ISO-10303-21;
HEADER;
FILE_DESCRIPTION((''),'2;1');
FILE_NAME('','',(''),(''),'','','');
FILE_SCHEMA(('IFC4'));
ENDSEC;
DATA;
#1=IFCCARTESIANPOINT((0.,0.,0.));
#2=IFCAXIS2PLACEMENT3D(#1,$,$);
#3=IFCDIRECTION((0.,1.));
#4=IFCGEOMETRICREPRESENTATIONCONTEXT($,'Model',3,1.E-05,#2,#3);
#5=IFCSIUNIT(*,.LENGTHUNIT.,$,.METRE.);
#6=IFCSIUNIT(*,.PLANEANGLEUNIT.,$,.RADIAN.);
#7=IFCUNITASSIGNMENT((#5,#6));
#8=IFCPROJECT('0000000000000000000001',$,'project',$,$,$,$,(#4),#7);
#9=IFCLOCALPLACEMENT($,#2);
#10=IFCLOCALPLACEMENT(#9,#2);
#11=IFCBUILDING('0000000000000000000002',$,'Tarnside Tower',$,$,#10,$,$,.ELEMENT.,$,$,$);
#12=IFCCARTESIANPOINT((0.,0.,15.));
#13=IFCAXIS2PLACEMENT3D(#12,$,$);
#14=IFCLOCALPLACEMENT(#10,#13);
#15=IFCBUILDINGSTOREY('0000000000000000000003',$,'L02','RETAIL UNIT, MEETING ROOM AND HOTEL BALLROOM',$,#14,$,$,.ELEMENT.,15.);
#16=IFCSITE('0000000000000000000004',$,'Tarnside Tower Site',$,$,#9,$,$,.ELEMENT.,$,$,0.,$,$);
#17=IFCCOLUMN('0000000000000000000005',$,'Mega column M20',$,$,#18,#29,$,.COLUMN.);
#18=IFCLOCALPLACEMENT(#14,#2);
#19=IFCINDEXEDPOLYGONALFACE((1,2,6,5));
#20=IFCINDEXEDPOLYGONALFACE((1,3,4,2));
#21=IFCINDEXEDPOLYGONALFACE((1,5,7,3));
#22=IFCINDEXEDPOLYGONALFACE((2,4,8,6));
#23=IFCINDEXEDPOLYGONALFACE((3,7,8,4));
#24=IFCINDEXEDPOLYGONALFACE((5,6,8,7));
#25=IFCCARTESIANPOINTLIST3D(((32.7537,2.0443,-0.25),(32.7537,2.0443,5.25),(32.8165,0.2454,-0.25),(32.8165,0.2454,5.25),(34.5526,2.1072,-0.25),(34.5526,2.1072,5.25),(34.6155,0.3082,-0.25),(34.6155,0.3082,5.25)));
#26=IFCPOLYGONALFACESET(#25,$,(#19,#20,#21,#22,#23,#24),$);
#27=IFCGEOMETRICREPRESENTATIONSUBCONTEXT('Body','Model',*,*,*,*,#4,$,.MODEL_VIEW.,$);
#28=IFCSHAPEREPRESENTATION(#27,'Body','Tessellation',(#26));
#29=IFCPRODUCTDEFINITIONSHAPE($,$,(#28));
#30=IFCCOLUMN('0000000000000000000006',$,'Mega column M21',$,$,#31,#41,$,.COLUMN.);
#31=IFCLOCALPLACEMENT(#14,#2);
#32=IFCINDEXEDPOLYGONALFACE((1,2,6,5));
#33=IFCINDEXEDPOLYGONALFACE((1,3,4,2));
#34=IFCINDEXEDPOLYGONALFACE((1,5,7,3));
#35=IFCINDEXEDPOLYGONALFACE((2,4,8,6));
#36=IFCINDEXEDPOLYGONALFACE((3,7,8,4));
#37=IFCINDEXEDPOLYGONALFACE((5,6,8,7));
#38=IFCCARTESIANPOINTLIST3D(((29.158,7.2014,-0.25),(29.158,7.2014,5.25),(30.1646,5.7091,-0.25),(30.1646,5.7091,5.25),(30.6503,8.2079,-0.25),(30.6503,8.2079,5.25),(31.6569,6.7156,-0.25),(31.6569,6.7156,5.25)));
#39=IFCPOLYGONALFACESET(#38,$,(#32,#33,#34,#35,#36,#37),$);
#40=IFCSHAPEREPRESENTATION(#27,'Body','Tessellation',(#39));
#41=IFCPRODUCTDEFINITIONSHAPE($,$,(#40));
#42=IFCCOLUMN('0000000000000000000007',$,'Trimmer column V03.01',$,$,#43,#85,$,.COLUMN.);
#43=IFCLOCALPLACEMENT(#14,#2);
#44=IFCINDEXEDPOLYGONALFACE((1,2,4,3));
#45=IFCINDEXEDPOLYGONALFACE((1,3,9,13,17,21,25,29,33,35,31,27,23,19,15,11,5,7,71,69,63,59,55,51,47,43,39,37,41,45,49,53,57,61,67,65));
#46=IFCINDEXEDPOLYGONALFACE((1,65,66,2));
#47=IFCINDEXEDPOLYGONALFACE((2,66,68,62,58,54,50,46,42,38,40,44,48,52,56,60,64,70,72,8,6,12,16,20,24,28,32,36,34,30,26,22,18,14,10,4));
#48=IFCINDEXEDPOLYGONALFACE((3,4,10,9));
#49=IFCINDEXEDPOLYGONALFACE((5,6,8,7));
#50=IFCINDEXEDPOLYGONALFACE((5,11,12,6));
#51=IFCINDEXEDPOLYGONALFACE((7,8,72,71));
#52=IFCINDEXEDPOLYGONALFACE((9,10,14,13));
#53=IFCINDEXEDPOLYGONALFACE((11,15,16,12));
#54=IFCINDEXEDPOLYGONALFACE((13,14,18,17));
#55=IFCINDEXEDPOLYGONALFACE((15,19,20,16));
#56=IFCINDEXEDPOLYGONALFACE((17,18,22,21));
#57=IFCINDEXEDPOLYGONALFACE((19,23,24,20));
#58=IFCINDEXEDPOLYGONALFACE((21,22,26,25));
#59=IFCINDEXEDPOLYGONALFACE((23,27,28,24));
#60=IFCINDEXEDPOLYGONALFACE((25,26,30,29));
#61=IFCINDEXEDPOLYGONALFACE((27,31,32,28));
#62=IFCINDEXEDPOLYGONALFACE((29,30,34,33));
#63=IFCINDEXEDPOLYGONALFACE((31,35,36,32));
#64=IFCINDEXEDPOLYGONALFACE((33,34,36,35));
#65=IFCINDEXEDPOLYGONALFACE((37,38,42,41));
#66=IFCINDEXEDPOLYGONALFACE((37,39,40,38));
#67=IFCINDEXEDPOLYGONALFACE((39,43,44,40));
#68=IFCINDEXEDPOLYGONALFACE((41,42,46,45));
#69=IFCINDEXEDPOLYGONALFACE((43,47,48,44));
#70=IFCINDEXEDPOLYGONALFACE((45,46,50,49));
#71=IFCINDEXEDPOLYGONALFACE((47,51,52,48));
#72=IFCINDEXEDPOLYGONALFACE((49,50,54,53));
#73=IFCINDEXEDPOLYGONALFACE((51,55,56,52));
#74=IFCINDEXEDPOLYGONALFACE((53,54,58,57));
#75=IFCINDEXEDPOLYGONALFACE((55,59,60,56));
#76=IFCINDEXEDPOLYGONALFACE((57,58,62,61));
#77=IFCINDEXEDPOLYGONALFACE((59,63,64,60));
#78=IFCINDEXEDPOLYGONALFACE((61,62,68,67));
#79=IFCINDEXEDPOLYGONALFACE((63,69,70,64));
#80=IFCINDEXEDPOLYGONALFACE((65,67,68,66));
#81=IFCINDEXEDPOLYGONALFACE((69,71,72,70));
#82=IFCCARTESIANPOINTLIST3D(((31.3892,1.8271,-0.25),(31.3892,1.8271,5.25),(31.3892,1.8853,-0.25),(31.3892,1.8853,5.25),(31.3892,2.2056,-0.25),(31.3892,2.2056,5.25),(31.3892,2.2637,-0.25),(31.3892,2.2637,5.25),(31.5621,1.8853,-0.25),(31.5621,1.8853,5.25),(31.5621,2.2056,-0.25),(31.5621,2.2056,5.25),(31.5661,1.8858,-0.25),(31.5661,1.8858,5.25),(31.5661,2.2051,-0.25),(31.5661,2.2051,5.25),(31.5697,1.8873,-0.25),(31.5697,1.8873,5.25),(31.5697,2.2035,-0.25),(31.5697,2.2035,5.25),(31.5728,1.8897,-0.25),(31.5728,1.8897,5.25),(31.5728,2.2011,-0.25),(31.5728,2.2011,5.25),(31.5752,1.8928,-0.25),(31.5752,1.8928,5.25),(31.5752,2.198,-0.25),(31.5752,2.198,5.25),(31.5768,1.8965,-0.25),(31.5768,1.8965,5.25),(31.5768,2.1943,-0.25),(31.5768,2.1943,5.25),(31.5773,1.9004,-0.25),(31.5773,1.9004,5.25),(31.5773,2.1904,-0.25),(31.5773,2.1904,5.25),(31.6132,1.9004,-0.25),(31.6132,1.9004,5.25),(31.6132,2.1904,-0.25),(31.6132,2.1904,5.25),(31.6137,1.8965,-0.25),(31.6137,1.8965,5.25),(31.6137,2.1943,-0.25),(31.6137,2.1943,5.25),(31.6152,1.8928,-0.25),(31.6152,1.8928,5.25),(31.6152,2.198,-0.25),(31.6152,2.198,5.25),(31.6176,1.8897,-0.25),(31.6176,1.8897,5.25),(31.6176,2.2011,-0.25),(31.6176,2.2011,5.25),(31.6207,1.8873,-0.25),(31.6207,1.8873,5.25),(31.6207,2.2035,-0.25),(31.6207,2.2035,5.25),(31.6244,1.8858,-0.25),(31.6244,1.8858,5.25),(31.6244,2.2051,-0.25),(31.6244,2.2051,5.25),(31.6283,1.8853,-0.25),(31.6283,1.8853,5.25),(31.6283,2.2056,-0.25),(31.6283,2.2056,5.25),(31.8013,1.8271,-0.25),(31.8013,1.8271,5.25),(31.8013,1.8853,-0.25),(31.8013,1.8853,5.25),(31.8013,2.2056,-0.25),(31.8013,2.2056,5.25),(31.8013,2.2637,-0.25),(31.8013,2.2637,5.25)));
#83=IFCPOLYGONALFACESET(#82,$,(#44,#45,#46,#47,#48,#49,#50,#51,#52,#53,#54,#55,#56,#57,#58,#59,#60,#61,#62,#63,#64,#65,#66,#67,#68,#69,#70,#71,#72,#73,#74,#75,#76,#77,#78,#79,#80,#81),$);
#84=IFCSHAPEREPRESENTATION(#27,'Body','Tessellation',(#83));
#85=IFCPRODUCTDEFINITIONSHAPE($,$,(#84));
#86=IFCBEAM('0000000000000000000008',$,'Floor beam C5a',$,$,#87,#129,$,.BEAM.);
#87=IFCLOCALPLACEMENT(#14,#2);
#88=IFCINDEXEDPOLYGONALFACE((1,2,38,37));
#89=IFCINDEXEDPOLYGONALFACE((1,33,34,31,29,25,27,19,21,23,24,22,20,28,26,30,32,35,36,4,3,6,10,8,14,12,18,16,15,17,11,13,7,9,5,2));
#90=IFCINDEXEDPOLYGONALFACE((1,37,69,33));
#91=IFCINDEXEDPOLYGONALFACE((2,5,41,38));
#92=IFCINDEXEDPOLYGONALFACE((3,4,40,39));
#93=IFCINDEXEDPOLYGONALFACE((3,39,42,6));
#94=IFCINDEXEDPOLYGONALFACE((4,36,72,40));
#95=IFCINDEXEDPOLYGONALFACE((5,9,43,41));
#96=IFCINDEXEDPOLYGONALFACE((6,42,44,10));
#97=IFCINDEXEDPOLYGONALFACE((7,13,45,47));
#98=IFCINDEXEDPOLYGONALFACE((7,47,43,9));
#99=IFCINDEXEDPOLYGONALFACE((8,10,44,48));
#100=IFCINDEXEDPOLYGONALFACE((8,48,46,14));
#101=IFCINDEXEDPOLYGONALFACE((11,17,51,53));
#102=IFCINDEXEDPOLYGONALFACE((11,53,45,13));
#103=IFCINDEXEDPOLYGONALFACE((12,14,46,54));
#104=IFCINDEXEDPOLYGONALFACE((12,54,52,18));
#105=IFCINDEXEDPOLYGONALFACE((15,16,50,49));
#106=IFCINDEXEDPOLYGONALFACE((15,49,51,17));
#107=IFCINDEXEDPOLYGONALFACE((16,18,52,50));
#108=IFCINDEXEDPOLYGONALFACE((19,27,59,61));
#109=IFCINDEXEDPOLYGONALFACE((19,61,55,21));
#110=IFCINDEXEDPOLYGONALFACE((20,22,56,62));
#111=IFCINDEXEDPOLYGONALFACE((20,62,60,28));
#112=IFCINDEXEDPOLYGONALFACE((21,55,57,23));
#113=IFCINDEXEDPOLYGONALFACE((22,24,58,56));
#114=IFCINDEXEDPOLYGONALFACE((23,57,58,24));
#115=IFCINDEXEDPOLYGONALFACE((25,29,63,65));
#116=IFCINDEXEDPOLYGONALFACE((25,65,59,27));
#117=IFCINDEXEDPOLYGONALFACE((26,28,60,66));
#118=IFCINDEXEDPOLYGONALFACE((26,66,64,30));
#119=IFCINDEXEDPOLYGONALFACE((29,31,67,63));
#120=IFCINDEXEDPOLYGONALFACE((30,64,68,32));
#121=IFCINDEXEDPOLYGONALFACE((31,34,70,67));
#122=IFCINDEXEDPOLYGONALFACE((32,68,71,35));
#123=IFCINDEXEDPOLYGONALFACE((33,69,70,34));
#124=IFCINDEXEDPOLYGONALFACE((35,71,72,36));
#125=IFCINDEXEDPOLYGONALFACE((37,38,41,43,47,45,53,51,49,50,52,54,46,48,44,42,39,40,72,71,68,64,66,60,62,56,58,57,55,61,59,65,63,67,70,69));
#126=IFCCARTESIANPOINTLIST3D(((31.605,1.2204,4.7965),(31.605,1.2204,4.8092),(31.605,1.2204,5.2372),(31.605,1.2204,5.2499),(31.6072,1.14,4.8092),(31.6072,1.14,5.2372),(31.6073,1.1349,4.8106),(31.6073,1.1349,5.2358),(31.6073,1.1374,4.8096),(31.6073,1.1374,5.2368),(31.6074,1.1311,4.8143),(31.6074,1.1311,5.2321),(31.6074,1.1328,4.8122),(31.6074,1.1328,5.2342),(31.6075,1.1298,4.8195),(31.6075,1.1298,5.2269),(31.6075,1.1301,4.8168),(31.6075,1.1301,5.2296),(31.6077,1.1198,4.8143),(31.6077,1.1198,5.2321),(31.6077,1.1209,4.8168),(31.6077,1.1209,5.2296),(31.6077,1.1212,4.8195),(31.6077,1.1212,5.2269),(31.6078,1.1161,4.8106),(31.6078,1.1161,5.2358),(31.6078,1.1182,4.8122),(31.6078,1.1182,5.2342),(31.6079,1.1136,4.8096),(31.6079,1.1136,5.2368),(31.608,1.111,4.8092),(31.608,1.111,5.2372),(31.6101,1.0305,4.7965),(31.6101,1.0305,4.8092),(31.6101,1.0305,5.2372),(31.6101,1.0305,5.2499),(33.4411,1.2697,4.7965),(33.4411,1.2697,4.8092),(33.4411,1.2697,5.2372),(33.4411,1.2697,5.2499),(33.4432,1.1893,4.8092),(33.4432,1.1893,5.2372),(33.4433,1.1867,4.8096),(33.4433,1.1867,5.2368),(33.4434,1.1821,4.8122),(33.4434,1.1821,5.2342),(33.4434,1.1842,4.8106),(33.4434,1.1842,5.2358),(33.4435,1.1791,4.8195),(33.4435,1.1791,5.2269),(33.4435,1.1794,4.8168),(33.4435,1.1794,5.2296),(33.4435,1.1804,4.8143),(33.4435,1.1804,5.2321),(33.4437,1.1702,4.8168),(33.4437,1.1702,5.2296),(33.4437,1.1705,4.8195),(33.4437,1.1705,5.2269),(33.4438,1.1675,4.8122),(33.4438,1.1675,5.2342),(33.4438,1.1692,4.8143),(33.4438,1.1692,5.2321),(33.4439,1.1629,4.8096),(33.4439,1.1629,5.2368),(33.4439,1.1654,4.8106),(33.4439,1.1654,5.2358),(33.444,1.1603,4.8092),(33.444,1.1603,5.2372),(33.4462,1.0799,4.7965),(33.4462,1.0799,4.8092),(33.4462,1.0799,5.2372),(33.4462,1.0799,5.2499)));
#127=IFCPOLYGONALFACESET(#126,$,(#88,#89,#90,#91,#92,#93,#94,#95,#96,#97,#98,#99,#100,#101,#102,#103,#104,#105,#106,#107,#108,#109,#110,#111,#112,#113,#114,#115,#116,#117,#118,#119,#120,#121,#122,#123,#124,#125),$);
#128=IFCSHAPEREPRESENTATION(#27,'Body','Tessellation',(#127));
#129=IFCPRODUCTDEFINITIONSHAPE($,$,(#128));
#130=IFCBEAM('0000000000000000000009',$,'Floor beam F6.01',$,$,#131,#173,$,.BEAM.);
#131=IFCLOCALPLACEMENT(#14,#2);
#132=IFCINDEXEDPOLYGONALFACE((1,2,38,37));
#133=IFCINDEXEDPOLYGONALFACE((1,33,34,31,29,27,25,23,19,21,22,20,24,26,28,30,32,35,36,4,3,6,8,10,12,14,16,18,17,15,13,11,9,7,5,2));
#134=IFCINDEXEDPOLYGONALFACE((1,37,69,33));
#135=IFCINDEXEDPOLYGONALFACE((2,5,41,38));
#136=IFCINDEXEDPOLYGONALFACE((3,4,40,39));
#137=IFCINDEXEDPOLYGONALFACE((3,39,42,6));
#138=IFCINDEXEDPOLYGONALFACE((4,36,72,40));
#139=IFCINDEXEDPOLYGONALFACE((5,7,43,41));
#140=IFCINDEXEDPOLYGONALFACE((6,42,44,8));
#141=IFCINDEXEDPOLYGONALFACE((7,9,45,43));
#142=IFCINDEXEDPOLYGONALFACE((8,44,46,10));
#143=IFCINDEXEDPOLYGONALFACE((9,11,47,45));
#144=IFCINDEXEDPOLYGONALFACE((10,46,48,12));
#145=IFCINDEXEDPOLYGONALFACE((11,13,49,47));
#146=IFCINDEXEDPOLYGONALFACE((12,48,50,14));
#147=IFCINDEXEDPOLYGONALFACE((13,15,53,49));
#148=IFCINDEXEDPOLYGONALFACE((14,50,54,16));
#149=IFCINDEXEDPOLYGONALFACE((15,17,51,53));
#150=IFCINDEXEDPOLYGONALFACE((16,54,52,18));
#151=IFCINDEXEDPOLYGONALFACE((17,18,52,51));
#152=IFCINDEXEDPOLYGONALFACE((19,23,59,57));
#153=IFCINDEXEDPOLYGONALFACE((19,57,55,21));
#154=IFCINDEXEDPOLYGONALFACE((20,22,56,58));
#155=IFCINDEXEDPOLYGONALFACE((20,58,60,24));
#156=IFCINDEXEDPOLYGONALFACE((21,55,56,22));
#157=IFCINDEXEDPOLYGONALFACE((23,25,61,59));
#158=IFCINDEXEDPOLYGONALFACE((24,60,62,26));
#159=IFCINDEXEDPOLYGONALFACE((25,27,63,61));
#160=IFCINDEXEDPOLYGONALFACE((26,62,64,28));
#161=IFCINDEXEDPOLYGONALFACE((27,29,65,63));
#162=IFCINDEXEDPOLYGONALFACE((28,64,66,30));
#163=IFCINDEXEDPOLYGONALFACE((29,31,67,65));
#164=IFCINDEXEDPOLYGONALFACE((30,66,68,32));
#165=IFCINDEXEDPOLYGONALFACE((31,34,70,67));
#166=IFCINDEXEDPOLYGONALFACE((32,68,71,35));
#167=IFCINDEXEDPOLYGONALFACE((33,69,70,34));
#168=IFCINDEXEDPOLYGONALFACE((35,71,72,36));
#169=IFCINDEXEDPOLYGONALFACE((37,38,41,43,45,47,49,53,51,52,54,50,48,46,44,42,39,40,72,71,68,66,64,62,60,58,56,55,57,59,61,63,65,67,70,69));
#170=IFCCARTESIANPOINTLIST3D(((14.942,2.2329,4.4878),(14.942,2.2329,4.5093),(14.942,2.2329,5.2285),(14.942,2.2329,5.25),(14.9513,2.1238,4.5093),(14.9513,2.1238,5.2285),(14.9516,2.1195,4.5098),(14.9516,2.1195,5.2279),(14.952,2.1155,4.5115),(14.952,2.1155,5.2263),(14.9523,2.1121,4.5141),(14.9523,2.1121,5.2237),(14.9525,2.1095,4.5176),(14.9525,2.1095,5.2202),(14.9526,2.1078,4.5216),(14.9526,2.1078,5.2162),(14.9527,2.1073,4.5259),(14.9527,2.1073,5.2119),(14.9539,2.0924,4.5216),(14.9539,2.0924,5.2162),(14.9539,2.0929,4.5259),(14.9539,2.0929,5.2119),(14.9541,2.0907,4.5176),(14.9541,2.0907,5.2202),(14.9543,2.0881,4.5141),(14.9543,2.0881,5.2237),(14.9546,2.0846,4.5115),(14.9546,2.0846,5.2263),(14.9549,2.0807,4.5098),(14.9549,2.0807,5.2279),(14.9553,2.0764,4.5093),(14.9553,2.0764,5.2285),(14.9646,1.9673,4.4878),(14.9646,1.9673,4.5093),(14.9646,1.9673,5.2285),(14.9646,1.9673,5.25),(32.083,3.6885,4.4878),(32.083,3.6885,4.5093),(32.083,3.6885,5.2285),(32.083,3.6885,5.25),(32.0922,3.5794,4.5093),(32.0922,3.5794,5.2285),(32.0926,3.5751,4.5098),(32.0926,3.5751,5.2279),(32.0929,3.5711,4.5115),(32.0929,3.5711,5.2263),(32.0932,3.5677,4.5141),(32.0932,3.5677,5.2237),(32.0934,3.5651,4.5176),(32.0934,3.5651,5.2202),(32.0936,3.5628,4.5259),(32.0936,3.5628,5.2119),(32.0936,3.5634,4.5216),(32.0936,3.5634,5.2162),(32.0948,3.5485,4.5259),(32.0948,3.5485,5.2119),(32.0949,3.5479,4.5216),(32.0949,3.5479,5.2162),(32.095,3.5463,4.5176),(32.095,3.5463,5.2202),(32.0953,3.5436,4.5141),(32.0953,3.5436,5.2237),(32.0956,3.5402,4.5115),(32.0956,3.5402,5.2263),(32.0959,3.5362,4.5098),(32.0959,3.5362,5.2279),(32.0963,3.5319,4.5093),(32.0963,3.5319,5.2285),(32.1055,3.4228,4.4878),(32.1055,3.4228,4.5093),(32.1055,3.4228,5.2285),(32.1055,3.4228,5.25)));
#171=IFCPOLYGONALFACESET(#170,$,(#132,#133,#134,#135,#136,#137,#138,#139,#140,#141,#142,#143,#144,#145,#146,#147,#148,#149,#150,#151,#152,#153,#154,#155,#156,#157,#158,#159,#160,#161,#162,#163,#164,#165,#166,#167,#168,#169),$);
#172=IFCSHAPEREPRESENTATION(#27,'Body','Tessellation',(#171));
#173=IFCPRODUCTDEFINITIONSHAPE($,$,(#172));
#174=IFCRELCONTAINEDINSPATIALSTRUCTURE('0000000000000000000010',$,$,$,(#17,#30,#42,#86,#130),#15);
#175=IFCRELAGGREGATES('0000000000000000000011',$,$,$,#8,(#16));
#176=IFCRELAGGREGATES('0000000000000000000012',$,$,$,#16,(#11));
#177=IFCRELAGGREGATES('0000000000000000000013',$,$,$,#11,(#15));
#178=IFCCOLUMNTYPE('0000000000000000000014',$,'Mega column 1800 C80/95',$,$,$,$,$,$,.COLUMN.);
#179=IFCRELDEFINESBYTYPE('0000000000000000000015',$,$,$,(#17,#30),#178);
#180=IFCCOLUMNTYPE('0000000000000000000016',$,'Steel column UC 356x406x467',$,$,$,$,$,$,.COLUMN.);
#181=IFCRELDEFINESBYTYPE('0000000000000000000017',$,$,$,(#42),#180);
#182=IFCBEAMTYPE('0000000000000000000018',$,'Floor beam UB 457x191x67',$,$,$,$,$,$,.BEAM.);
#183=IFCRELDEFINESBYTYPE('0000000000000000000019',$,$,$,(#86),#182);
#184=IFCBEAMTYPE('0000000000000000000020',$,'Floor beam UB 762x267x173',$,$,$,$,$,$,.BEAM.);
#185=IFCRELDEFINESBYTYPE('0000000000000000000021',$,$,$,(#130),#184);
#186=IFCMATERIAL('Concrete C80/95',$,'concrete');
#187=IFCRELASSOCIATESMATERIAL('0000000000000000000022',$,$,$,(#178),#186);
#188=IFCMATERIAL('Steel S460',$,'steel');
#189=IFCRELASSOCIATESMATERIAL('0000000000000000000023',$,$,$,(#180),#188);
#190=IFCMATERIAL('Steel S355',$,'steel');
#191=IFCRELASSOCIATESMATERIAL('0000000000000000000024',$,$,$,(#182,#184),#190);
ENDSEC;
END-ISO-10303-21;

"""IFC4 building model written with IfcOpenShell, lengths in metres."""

from ifc_helpers import new_model, si_unit, direction, frame, origin, origin_2d, place, context, subcontext, project, spatial, rectangle, i_section, extrude, material, material_profile, profile_set, type_object, element, save


model = new_model("IFC4")

# Units and contexts
model_context = context("Model", 3, precision=1e-05, world=origin(), true_north=direction((0.0, 1.0)))
body_context = subcontext(model_context, "Body", "Model", "MODEL_VIEW")
ifc_project = project(units=[si_unit("LENGTHUNIT", "METRE"), si_unit("PLANEANGLEUNIT", "RADIAN")], contexts=[model_context])

# Site, building, storey
site_placement = place(None, origin())
site = spatial("IfcSite", under=ifc_project, at=site_placement, Name="Tarnside Tower Site", CompositionType="ELEMENT", RefElevation=0.0)
building_placement = place(site_placement, origin())
building = spatial("IfcBuilding", under=site, at=building_placement, Name="Tarnside Tower", CompositionType="ELEMENT")
storey_placement = place(building_placement, frame((0.0, 0.0, 15.0)))
storey = spatial("IfcBuildingStorey", under=building, at=storey_placement, Name="L02", Description="RETAIL UNIT, MEETING ROOM AND HOTEL BALLROOM", CompositionType="ELEMENT", Elevation=15.0)

# Columns
ifc_material_1 = material(Name="Concrete C80/95", Category="concrete")
ifc_material_profile_1 = material_profile(ifc_material_1, rectangle(XDim=1.8, YDim=1.8, at=origin_2d()), Name="Mega column 1800x1800")
ifc_profile_set_1 = profile_set([ifc_material_profile_1], Name="Concrete C80/95")
column_type_1 = type_object("IfcColumnType", Name="Mega column 1800 C80/95", PredefinedType="COLUMN", material=ifc_profile_set_1)
for number, where, z_axis, x_axis, name in (
    (1, (33.6846, 1.1763, -0.25), (0.0, 0.0, 1.0), (0.034899, -0.999391, 0.0), "Mega column M20"),
    (2, (30.4075, 6.9585, -0.25), (0.0, 0.0, 1.0), (0.559193, -0.829038, 0.0), "Mega column M21"),
):
    element("IfcColumn", number, at=place(storey_placement, frame(where, z_axis=z_axis, x_axis=x_axis)), inside=storey, type_object=column_type_1, Name=name, PredefinedType="COLUMN", context=body_context, shape_type="SweptSolid", body=[
        extrude(rectangle(XDim=1.8, YDim=1.8, at=origin_2d()), origin(), (0.0, 0.0, 1.0), 5.5),
    ])
ifc_material_2 = material(Name="Steel S460", Category="steel")
ifc_material_profile_2 = material_profile(ifc_material_2, i_section(OverallWidth=0.4121, OverallDepth=0.4365, WebThickness=0.0359, FlangeThickness=0.0581, FilletRadius=0.0151, at=origin_2d()), Name="UC 356x406x467")
ifc_profile_set_2 = profile_set([ifc_material_profile_2], Name="Steel S460")
column_type_2 = type_object("IfcColumnType", Name="Steel column UC 356x406x467", PredefinedType="COLUMN", material=ifc_profile_set_2)
column_placement = place(storey_placement, frame((31.5952, 2.0454, -0.25), z_axis=(0.0, 0.0, 1.0), x_axis=(1.0, 0.0, 0.0)))
element("IfcColumn", 3, at=column_placement, inside=storey, type_object=column_type_2, Name="Trimmer column V03.01", PredefinedType="COLUMN", context=body_context, shape_type="SweptSolid", body=[
    extrude(i_section(OverallWidth=0.4121, OverallDepth=0.4365, WebThickness=0.0359, FlangeThickness=0.0581, FilletRadius=0.0151, at=origin_2d()), origin(), (0.0, 0.0, 1.0), 5.5),
])

# Beams
ifc_material_3 = material(Name="Steel S355", Category="steel")
ifc_material_profile_3 = material_profile(ifc_material_3, i_section(OverallWidth=0.1899, OverallDepth=0.4534, WebThickness=0.0085, FlangeThickness=0.0127, FilletRadius=0.0103, at=origin_2d()), Name="UB 457x191x67")
ifc_profile_set_3 = profile_set([ifc_material_profile_3], Name="Steel S355")
beam_type_1 = type_object("IfcBeamType", Name="Floor beam UB 457x191x67", PredefinedType="BEAM", material=ifc_profile_set_3)
beam_1_placement = place(storey_placement, frame((33.4436, 1.1748, 5.0232), z_axis=(-0.999639, -0.026852, 0.0), x_axis=(0.026852, -0.999639, 0.0)))
element("IfcBeam", 4, at=beam_1_placement, inside=storey, type_object=beam_type_1, Name="Floor beam C5a", PredefinedType="BEAM", context=body_context, shape_type="SweptSolid", body=[
    extrude(i_section(OverallWidth=0.1899, OverallDepth=0.4534, WebThickness=0.0085, FlangeThickness=0.0127, FilletRadius=0.0103, at=origin_2d()), origin(), (0.0, 0.0, 1.0), 1.8367),
])
ifc_material_profile_4 = material_profile(ifc_material_3, i_section(OverallWidth=0.2666, OverallDepth=0.7622, WebThickness=0.0144, FlangeThickness=0.0215, FilletRadius=0.0166, at=origin_2d()), Name="UB 762x267x173")
ifc_profile_set_4 = profile_set([ifc_material_profile_4], Name="Steel S355")
beam_type_2 = type_object("IfcBeamType", Name="Floor beam UB 762x267x173", PredefinedType="BEAM", material=ifc_profile_set_4)
beam_2_placement = place(storey_placement, frame((32.0942, 3.5557, 4.8689), z_axis=(-0.996414, -0.084613, 0.0), x_axis=(0.084613, -0.996414, 0.0)))
element("IfcBeam", 5, at=beam_2_placement, inside=storey, type_object=beam_type_2, Name="Floor beam F6.01", PredefinedType="BEAM", context=body_context, shape_type="SweptSolid", body=[
    extrude(i_section(OverallWidth=0.2666, OverallDepth=0.7622, WebThickness=0.0144, FlangeThickness=0.0215, FilletRadius=0.0166, at=origin_2d()), origin(), (0.0, 0.0, 1.0), 17.2026),
])

save(model, "model.ifc")
